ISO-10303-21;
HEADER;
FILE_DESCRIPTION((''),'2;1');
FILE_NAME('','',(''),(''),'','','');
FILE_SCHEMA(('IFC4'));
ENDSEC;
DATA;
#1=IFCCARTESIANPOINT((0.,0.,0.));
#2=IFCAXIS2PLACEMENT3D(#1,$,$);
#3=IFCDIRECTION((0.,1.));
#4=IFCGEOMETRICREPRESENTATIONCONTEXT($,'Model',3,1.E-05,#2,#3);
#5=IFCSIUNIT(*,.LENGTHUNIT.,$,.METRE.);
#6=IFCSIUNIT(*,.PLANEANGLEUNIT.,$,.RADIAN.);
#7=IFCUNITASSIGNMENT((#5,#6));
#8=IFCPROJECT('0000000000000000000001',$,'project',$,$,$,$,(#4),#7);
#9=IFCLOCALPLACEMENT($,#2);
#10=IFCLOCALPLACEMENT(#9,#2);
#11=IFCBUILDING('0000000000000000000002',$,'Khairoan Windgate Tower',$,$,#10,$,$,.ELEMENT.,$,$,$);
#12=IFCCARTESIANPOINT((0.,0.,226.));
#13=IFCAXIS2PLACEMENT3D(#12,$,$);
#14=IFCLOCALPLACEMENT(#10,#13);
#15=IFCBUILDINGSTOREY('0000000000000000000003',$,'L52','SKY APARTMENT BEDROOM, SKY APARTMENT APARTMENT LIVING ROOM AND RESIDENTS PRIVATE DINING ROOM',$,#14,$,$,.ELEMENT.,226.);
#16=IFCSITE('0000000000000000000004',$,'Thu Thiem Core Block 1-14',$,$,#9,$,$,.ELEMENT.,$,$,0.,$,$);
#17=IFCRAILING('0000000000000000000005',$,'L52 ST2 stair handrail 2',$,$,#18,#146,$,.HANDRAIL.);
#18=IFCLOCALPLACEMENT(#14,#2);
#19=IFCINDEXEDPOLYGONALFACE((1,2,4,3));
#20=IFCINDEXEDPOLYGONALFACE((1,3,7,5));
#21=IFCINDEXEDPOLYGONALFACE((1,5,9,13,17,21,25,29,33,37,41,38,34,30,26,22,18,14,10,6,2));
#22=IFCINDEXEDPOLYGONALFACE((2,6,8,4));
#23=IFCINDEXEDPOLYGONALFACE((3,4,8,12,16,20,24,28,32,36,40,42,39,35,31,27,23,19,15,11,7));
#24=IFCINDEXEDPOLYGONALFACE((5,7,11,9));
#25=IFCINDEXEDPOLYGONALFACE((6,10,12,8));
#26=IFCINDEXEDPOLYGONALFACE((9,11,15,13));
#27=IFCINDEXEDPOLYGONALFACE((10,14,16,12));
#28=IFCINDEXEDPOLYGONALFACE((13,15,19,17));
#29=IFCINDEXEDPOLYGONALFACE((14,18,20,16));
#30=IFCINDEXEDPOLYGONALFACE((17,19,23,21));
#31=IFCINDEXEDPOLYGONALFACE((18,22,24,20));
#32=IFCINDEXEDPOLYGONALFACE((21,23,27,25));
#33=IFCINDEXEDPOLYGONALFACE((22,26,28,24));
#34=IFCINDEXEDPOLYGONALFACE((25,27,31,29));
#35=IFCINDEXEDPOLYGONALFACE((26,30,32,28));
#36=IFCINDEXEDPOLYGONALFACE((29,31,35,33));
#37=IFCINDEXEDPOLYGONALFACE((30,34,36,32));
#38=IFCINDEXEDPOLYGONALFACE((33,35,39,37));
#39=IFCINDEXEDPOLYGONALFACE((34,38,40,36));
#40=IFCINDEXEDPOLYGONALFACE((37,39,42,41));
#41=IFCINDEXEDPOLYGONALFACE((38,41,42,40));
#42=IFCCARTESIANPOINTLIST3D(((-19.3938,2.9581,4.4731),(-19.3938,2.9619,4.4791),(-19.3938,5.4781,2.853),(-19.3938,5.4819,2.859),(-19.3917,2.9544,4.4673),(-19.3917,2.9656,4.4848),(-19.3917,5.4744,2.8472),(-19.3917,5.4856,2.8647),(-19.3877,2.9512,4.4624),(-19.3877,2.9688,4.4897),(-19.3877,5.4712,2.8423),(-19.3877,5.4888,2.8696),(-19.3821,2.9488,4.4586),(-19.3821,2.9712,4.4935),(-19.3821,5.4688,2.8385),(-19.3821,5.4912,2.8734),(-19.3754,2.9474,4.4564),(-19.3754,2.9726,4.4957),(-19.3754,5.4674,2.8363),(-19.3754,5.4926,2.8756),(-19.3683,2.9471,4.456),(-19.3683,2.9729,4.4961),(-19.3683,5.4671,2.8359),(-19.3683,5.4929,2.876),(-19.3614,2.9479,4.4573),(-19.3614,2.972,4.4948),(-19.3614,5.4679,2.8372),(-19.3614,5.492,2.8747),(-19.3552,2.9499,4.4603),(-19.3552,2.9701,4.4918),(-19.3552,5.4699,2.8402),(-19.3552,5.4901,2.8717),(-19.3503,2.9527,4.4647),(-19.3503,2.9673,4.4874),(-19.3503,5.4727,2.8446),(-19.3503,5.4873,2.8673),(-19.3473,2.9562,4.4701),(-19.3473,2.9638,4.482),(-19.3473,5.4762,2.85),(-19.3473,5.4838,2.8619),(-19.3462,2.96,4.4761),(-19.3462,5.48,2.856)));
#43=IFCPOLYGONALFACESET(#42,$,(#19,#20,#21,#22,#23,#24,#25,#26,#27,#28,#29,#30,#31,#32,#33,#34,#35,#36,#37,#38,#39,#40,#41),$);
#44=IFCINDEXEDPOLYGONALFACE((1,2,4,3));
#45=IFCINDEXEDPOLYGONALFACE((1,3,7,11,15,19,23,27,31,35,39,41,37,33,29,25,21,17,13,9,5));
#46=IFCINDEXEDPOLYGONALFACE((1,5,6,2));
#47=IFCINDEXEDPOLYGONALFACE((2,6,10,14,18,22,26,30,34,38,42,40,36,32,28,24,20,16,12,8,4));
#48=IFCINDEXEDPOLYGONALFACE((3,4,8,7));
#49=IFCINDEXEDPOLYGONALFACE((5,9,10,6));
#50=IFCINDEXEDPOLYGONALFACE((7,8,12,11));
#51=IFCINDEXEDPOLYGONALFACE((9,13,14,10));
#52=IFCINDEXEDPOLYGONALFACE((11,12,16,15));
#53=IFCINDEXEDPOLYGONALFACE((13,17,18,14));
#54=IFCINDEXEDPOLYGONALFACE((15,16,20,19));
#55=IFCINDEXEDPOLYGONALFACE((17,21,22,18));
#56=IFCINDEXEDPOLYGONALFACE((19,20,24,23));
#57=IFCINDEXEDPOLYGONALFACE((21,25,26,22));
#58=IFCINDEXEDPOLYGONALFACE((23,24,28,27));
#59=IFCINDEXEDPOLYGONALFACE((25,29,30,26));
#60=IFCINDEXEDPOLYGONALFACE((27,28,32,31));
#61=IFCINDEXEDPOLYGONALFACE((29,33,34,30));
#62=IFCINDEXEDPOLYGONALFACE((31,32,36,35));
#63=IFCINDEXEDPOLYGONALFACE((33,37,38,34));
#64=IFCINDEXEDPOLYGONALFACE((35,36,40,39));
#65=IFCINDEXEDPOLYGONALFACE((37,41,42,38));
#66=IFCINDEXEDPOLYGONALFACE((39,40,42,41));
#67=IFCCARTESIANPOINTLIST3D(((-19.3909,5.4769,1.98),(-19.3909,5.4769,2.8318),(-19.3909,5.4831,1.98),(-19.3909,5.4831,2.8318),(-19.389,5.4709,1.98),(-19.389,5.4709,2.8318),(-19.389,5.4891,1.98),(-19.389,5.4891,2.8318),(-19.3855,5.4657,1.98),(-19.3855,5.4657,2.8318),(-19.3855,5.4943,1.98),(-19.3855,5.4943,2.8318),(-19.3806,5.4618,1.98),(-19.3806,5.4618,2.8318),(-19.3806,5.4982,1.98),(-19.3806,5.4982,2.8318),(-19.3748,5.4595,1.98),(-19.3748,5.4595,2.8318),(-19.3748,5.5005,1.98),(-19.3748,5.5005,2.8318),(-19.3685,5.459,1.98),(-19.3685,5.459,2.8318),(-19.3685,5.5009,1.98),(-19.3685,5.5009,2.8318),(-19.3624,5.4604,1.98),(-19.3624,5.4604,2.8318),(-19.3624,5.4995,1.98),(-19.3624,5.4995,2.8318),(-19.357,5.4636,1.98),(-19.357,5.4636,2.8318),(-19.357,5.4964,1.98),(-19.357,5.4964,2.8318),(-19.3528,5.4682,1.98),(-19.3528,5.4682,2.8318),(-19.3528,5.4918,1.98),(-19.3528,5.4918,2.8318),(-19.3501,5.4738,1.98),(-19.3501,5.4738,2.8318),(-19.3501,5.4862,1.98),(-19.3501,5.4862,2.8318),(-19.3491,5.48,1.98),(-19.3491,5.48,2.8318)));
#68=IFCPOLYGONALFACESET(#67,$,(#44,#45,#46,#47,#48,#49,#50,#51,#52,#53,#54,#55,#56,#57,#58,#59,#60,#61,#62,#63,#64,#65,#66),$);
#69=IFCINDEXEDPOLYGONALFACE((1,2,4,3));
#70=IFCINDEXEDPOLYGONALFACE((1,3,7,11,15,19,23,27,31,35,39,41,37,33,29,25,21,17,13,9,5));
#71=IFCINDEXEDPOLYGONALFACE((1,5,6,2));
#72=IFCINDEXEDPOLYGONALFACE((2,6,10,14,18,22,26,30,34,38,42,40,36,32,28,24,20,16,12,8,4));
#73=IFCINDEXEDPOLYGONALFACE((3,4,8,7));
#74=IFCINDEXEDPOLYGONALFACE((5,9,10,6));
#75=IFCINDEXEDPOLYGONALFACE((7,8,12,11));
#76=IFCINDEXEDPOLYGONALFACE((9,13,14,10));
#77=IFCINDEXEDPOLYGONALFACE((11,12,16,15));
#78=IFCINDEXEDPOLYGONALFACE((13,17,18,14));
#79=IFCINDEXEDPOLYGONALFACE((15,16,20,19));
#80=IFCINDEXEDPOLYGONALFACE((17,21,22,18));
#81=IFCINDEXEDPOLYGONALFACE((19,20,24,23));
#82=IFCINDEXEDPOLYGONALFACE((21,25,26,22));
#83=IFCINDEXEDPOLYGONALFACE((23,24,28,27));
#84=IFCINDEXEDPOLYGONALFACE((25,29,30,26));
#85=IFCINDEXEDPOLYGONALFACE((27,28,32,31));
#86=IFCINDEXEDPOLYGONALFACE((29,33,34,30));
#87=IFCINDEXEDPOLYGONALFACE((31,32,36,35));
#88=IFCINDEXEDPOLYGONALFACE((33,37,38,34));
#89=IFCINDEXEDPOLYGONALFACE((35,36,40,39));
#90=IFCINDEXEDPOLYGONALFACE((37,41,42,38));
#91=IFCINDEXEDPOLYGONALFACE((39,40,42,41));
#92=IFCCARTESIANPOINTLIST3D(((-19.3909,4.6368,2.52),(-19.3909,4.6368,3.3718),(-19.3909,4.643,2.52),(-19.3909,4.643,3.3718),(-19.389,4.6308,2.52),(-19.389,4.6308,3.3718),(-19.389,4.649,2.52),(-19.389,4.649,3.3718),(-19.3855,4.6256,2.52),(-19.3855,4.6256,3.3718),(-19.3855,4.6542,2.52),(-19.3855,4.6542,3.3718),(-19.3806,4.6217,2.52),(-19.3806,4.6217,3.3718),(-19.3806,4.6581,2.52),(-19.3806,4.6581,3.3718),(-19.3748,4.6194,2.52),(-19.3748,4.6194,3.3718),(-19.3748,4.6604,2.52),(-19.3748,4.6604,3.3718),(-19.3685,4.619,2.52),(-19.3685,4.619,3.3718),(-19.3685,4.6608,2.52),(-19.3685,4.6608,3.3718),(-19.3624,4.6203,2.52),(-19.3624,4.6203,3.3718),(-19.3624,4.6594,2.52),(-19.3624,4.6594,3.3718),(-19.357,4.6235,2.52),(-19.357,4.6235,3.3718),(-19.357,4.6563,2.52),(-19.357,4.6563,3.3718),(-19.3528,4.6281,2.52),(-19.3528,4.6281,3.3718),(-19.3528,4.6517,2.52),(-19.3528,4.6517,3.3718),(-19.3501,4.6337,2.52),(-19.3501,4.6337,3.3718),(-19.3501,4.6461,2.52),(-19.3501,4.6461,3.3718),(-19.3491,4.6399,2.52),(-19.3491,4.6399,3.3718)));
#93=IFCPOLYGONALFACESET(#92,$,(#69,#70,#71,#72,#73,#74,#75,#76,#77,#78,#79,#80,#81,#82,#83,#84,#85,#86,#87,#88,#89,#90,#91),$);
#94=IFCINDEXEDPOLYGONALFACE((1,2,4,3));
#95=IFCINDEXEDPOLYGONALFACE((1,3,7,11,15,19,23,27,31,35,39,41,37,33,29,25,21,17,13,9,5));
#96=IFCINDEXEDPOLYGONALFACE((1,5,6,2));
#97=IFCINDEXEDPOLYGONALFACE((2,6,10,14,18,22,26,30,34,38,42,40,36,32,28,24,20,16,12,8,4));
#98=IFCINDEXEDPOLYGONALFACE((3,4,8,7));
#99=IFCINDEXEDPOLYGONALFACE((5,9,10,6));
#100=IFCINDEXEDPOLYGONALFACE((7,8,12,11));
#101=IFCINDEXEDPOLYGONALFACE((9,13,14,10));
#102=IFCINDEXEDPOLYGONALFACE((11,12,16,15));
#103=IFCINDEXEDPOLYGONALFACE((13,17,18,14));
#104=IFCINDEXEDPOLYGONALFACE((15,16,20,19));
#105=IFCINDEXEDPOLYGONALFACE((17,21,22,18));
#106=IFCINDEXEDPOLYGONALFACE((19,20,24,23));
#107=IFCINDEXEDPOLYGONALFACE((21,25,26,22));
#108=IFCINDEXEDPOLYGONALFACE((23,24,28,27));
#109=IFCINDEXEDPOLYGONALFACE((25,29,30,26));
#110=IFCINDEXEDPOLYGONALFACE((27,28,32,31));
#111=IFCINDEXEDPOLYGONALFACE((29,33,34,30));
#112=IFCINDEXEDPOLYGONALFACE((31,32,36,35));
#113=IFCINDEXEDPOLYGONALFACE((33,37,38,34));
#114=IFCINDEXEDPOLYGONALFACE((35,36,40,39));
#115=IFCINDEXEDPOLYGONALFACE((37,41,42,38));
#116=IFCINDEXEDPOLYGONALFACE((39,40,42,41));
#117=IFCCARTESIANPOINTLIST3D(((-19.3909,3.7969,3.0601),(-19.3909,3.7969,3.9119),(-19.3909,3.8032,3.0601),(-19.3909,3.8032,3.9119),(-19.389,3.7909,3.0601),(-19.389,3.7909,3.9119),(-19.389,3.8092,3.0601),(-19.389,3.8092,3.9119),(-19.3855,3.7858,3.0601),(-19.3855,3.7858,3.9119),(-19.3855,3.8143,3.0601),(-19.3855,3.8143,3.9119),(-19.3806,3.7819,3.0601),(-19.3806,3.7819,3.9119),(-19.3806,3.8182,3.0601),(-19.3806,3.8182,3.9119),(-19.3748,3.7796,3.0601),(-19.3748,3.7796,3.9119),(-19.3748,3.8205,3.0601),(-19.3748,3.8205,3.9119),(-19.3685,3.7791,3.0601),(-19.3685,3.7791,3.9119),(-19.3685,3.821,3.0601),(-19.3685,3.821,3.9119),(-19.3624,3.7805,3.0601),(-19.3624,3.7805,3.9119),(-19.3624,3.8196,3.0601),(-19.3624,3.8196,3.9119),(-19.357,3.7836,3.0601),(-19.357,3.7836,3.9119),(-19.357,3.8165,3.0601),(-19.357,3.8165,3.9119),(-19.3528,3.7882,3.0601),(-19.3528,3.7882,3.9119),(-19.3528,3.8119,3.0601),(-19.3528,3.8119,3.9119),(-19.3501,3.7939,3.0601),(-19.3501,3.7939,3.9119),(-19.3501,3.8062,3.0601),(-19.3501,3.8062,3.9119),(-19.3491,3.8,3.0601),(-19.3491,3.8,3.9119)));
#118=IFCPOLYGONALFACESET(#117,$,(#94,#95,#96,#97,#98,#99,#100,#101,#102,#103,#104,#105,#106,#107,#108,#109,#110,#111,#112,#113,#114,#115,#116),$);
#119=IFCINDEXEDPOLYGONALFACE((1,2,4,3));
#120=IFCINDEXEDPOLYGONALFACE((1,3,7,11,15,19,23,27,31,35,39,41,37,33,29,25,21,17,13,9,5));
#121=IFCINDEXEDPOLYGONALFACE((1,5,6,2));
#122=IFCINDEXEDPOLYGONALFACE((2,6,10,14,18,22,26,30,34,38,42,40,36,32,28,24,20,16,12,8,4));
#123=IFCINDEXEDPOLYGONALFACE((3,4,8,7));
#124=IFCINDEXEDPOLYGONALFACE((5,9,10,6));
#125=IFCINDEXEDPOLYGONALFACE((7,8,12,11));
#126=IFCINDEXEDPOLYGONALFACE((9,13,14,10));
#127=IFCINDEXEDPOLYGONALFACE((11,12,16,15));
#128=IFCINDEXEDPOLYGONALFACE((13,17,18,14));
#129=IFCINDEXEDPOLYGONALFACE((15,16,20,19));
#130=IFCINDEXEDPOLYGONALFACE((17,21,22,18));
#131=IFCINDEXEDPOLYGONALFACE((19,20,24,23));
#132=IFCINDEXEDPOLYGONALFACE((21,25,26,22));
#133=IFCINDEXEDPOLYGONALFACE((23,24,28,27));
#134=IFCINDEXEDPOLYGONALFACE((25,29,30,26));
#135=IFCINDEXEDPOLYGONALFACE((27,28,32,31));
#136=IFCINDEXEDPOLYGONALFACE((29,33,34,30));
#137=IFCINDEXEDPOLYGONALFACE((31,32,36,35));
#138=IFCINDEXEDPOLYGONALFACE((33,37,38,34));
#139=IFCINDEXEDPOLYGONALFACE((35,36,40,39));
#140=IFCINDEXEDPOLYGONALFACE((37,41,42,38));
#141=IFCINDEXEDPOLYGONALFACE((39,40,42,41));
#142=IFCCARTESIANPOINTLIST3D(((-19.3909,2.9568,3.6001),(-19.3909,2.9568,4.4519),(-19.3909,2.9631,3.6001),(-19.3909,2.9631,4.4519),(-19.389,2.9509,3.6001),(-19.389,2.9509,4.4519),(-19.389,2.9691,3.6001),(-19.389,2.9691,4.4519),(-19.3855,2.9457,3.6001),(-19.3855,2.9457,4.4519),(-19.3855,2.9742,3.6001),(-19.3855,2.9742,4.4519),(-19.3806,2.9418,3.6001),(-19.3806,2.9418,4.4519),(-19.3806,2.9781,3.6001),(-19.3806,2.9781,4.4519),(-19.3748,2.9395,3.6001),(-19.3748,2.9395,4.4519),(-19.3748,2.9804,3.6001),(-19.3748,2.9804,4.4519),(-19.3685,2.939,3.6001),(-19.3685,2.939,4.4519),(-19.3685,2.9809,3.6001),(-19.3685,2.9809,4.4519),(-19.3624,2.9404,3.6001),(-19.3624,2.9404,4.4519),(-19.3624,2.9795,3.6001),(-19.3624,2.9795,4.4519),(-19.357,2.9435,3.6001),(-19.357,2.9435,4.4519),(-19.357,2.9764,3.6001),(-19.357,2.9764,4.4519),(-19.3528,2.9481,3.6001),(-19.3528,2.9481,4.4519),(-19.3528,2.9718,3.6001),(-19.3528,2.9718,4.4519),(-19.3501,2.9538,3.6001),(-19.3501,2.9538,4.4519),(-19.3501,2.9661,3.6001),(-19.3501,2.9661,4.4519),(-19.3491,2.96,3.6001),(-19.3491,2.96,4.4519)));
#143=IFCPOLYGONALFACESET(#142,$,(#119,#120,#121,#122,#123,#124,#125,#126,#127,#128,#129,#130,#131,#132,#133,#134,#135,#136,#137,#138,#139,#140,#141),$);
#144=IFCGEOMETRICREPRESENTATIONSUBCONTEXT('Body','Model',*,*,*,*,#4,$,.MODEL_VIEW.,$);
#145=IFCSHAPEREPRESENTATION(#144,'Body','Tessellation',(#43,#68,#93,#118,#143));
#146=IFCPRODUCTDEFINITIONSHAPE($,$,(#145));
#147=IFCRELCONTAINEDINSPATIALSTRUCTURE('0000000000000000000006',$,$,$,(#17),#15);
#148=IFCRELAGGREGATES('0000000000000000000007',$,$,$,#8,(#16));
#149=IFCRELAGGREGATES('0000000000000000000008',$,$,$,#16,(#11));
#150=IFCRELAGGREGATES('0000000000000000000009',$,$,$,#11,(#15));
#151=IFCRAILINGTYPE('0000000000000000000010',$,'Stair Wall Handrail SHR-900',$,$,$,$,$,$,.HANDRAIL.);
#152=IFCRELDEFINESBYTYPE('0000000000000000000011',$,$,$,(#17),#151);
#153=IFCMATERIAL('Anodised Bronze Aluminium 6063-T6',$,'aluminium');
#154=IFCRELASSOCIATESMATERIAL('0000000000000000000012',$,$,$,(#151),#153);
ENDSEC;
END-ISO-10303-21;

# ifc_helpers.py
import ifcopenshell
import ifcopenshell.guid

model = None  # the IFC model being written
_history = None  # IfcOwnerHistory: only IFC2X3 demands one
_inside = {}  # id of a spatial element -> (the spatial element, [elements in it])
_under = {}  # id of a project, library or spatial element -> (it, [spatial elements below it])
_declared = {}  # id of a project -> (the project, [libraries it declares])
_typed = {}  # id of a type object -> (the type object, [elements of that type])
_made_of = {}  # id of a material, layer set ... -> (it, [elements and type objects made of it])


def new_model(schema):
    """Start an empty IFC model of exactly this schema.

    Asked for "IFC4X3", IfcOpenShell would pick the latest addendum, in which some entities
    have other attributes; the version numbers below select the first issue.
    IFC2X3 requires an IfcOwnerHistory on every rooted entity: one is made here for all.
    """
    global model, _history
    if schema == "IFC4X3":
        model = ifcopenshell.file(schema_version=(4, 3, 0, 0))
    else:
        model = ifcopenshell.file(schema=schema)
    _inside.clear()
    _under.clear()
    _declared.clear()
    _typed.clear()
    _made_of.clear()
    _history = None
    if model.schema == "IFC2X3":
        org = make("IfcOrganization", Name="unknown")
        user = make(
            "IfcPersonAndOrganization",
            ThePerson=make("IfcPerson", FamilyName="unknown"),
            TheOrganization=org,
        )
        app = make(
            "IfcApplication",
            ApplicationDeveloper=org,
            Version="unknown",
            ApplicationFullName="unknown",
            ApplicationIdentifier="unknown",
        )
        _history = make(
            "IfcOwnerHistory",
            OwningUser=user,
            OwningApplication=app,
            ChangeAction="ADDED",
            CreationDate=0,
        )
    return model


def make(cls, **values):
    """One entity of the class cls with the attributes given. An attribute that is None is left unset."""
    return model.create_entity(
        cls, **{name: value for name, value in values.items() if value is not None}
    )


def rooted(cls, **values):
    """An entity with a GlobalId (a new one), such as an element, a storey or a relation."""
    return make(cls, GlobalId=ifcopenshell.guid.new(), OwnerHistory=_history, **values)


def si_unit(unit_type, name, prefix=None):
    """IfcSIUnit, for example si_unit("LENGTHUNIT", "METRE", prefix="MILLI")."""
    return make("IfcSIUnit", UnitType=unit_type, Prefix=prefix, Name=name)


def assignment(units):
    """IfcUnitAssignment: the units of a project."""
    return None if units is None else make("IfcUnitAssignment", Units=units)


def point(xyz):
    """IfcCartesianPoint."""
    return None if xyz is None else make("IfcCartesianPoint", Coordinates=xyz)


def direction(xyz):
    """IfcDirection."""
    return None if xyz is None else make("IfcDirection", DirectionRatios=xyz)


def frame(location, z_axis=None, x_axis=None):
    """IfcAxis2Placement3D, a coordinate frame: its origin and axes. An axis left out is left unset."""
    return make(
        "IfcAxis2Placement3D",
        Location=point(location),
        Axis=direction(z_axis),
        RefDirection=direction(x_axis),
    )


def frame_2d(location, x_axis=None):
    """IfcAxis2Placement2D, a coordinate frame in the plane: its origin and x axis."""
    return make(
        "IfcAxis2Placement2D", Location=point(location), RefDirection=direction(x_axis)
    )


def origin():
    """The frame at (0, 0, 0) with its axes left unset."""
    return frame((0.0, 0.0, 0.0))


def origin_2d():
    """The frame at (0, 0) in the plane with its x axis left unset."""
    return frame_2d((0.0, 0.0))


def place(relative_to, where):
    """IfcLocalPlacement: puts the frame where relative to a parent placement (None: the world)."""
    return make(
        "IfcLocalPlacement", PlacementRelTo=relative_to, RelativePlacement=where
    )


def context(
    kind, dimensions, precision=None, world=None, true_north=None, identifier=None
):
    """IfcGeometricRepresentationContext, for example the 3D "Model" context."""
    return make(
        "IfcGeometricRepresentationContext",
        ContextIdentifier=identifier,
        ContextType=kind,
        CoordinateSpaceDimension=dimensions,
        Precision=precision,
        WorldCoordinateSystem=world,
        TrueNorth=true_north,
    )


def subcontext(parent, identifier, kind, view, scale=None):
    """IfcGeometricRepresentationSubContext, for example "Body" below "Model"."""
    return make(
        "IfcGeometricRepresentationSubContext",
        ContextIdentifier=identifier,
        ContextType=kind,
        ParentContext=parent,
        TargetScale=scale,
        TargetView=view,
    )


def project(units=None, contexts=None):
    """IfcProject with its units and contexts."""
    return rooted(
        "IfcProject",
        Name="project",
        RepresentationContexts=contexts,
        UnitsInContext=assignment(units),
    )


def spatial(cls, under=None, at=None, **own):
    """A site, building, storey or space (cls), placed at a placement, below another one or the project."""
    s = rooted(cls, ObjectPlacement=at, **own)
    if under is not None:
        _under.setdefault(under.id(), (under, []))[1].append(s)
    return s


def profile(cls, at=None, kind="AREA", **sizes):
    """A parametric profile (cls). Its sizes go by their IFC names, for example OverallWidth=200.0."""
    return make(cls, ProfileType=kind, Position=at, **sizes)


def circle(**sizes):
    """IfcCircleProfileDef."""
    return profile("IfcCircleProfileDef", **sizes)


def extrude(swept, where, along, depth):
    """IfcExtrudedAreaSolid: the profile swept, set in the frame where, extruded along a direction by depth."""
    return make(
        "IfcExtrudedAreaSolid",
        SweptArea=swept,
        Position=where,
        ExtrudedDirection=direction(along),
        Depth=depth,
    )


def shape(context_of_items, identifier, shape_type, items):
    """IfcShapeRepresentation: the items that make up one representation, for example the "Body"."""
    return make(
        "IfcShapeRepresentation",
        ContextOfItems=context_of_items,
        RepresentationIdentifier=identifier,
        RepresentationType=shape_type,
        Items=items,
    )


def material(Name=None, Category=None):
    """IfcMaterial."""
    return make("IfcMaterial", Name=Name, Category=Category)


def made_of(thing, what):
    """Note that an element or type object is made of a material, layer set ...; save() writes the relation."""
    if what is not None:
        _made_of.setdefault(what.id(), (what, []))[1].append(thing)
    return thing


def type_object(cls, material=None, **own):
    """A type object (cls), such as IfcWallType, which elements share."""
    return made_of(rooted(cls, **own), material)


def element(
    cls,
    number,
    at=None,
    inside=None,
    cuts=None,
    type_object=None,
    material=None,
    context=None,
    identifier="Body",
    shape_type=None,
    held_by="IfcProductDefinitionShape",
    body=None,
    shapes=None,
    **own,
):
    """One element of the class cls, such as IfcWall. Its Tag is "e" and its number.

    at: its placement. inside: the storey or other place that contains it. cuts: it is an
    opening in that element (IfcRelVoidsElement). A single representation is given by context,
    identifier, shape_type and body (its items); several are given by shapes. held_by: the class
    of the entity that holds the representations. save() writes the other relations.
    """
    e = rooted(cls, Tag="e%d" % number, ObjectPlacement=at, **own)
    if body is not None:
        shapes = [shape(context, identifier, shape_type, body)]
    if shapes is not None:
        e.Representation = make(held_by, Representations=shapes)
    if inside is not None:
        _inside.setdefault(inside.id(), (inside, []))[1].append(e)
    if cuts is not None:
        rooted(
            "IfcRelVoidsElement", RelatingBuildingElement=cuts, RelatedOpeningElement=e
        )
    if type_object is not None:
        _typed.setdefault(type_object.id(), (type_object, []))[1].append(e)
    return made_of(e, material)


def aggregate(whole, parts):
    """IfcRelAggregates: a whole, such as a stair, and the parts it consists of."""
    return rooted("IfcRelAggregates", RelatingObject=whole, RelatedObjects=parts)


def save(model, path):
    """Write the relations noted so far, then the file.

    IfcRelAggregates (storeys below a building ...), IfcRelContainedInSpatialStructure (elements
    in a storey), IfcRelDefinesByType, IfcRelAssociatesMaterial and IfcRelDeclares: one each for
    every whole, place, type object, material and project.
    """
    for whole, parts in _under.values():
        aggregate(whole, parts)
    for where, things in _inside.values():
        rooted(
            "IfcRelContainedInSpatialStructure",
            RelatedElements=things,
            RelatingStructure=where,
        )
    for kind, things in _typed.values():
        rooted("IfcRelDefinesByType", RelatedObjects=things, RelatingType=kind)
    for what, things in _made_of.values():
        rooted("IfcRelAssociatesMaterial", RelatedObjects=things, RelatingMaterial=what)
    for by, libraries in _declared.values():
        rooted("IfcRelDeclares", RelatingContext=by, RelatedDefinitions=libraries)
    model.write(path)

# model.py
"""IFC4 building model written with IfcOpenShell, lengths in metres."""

from ifc_helpers import new_model, si_unit, direction, frame, origin, origin_2d, place, context, subcontext, project, spatial, circle, extrude, material, type_object, element, save


model = new_model("IFC4")

# Units and contexts
model_context = context("Model", 3, precision=1e-05, world=origin(), true_north=direction((0.0, 1.0)))
body_context = subcontext(model_context, "Body", "Model", "MODEL_VIEW")
ifc_project = project(units=[si_unit("LENGTHUNIT", "METRE"), si_unit("PLANEANGLEUNIT", "RADIAN")], contexts=[model_context])

# Site, building, storey
site_placement = place(None, origin())
site = spatial("IfcSite", under=ifc_project, at=site_placement, Name="Thu Thiem Core Block 1-14", CompositionType="ELEMENT", RefElevation=0.0)
building_placement = place(site_placement, origin())
building = spatial("IfcBuilding", under=site, at=building_placement, Name="Khairoan Windgate Tower", CompositionType="ELEMENT")
storey_placement = place(building_placement, frame((0.0, 0.0, 226.0)))
storey = spatial("IfcBuildingStorey", under=building, at=storey_placement, Name="L52", Description="SKY APARTMENT BEDROOM, SKY APARTMENT APARTMENT LIVING ROOM AND RESIDENTS PRIVATE DINING ROOM", CompositionType="ELEMENT", Elevation=226.0)

# Railing
ifc_material_1 = material(Name="Anodised Bronze Aluminium 6063-T6", Category="aluminium")
railing_type_1 = type_object("IfcRailingType", Name="Stair Wall Handrail SHR-900", PredefinedType="HANDRAIL", material=ifc_material_1)
railing_1_placement = place(storey_placement, frame((-19.3701, 5.48, 1.98)))
element("IfcRailing", 1, at=railing_1_placement, inside=storey, type_object=railing_type_1, Name="L52 ST2 stair handrail 2", PredefinedType="HANDRAIL", context=body_context, shape_type="SweptSolid", body=[
    extrude(circle(Radius=0.0239, at=origin_2d()), frame((0.0, 0.0, 0.876), z_axis=(0.0, -0.841163, 0.540782), x_axis=(1.0, 0.0, 0.0)), (0.0, 0.0, 1.0), 2.9958),
    extrude(circle(Radius=0.021, at=origin_2d()), origin(), (0.0, 0.0, 1.0), 0.8518),
    extrude(circle(Radius=0.021, at=origin_2d()), frame((0.0, -0.8401, 0.54)), (0.0, 0.0, 1.0), 0.8518),
    extrude(circle(Radius=0.021, at=origin_2d()), frame((0.0, -1.6799, 1.0801)), (0.0, 0.0, 1.0), 0.8518),
    extrude(circle(Radius=0.021, at=origin_2d()), frame((0.0, -2.52, 1.6201)), (0.0, 0.0, 1.0), 0.8518),
])

save(model, "model.ifc")
